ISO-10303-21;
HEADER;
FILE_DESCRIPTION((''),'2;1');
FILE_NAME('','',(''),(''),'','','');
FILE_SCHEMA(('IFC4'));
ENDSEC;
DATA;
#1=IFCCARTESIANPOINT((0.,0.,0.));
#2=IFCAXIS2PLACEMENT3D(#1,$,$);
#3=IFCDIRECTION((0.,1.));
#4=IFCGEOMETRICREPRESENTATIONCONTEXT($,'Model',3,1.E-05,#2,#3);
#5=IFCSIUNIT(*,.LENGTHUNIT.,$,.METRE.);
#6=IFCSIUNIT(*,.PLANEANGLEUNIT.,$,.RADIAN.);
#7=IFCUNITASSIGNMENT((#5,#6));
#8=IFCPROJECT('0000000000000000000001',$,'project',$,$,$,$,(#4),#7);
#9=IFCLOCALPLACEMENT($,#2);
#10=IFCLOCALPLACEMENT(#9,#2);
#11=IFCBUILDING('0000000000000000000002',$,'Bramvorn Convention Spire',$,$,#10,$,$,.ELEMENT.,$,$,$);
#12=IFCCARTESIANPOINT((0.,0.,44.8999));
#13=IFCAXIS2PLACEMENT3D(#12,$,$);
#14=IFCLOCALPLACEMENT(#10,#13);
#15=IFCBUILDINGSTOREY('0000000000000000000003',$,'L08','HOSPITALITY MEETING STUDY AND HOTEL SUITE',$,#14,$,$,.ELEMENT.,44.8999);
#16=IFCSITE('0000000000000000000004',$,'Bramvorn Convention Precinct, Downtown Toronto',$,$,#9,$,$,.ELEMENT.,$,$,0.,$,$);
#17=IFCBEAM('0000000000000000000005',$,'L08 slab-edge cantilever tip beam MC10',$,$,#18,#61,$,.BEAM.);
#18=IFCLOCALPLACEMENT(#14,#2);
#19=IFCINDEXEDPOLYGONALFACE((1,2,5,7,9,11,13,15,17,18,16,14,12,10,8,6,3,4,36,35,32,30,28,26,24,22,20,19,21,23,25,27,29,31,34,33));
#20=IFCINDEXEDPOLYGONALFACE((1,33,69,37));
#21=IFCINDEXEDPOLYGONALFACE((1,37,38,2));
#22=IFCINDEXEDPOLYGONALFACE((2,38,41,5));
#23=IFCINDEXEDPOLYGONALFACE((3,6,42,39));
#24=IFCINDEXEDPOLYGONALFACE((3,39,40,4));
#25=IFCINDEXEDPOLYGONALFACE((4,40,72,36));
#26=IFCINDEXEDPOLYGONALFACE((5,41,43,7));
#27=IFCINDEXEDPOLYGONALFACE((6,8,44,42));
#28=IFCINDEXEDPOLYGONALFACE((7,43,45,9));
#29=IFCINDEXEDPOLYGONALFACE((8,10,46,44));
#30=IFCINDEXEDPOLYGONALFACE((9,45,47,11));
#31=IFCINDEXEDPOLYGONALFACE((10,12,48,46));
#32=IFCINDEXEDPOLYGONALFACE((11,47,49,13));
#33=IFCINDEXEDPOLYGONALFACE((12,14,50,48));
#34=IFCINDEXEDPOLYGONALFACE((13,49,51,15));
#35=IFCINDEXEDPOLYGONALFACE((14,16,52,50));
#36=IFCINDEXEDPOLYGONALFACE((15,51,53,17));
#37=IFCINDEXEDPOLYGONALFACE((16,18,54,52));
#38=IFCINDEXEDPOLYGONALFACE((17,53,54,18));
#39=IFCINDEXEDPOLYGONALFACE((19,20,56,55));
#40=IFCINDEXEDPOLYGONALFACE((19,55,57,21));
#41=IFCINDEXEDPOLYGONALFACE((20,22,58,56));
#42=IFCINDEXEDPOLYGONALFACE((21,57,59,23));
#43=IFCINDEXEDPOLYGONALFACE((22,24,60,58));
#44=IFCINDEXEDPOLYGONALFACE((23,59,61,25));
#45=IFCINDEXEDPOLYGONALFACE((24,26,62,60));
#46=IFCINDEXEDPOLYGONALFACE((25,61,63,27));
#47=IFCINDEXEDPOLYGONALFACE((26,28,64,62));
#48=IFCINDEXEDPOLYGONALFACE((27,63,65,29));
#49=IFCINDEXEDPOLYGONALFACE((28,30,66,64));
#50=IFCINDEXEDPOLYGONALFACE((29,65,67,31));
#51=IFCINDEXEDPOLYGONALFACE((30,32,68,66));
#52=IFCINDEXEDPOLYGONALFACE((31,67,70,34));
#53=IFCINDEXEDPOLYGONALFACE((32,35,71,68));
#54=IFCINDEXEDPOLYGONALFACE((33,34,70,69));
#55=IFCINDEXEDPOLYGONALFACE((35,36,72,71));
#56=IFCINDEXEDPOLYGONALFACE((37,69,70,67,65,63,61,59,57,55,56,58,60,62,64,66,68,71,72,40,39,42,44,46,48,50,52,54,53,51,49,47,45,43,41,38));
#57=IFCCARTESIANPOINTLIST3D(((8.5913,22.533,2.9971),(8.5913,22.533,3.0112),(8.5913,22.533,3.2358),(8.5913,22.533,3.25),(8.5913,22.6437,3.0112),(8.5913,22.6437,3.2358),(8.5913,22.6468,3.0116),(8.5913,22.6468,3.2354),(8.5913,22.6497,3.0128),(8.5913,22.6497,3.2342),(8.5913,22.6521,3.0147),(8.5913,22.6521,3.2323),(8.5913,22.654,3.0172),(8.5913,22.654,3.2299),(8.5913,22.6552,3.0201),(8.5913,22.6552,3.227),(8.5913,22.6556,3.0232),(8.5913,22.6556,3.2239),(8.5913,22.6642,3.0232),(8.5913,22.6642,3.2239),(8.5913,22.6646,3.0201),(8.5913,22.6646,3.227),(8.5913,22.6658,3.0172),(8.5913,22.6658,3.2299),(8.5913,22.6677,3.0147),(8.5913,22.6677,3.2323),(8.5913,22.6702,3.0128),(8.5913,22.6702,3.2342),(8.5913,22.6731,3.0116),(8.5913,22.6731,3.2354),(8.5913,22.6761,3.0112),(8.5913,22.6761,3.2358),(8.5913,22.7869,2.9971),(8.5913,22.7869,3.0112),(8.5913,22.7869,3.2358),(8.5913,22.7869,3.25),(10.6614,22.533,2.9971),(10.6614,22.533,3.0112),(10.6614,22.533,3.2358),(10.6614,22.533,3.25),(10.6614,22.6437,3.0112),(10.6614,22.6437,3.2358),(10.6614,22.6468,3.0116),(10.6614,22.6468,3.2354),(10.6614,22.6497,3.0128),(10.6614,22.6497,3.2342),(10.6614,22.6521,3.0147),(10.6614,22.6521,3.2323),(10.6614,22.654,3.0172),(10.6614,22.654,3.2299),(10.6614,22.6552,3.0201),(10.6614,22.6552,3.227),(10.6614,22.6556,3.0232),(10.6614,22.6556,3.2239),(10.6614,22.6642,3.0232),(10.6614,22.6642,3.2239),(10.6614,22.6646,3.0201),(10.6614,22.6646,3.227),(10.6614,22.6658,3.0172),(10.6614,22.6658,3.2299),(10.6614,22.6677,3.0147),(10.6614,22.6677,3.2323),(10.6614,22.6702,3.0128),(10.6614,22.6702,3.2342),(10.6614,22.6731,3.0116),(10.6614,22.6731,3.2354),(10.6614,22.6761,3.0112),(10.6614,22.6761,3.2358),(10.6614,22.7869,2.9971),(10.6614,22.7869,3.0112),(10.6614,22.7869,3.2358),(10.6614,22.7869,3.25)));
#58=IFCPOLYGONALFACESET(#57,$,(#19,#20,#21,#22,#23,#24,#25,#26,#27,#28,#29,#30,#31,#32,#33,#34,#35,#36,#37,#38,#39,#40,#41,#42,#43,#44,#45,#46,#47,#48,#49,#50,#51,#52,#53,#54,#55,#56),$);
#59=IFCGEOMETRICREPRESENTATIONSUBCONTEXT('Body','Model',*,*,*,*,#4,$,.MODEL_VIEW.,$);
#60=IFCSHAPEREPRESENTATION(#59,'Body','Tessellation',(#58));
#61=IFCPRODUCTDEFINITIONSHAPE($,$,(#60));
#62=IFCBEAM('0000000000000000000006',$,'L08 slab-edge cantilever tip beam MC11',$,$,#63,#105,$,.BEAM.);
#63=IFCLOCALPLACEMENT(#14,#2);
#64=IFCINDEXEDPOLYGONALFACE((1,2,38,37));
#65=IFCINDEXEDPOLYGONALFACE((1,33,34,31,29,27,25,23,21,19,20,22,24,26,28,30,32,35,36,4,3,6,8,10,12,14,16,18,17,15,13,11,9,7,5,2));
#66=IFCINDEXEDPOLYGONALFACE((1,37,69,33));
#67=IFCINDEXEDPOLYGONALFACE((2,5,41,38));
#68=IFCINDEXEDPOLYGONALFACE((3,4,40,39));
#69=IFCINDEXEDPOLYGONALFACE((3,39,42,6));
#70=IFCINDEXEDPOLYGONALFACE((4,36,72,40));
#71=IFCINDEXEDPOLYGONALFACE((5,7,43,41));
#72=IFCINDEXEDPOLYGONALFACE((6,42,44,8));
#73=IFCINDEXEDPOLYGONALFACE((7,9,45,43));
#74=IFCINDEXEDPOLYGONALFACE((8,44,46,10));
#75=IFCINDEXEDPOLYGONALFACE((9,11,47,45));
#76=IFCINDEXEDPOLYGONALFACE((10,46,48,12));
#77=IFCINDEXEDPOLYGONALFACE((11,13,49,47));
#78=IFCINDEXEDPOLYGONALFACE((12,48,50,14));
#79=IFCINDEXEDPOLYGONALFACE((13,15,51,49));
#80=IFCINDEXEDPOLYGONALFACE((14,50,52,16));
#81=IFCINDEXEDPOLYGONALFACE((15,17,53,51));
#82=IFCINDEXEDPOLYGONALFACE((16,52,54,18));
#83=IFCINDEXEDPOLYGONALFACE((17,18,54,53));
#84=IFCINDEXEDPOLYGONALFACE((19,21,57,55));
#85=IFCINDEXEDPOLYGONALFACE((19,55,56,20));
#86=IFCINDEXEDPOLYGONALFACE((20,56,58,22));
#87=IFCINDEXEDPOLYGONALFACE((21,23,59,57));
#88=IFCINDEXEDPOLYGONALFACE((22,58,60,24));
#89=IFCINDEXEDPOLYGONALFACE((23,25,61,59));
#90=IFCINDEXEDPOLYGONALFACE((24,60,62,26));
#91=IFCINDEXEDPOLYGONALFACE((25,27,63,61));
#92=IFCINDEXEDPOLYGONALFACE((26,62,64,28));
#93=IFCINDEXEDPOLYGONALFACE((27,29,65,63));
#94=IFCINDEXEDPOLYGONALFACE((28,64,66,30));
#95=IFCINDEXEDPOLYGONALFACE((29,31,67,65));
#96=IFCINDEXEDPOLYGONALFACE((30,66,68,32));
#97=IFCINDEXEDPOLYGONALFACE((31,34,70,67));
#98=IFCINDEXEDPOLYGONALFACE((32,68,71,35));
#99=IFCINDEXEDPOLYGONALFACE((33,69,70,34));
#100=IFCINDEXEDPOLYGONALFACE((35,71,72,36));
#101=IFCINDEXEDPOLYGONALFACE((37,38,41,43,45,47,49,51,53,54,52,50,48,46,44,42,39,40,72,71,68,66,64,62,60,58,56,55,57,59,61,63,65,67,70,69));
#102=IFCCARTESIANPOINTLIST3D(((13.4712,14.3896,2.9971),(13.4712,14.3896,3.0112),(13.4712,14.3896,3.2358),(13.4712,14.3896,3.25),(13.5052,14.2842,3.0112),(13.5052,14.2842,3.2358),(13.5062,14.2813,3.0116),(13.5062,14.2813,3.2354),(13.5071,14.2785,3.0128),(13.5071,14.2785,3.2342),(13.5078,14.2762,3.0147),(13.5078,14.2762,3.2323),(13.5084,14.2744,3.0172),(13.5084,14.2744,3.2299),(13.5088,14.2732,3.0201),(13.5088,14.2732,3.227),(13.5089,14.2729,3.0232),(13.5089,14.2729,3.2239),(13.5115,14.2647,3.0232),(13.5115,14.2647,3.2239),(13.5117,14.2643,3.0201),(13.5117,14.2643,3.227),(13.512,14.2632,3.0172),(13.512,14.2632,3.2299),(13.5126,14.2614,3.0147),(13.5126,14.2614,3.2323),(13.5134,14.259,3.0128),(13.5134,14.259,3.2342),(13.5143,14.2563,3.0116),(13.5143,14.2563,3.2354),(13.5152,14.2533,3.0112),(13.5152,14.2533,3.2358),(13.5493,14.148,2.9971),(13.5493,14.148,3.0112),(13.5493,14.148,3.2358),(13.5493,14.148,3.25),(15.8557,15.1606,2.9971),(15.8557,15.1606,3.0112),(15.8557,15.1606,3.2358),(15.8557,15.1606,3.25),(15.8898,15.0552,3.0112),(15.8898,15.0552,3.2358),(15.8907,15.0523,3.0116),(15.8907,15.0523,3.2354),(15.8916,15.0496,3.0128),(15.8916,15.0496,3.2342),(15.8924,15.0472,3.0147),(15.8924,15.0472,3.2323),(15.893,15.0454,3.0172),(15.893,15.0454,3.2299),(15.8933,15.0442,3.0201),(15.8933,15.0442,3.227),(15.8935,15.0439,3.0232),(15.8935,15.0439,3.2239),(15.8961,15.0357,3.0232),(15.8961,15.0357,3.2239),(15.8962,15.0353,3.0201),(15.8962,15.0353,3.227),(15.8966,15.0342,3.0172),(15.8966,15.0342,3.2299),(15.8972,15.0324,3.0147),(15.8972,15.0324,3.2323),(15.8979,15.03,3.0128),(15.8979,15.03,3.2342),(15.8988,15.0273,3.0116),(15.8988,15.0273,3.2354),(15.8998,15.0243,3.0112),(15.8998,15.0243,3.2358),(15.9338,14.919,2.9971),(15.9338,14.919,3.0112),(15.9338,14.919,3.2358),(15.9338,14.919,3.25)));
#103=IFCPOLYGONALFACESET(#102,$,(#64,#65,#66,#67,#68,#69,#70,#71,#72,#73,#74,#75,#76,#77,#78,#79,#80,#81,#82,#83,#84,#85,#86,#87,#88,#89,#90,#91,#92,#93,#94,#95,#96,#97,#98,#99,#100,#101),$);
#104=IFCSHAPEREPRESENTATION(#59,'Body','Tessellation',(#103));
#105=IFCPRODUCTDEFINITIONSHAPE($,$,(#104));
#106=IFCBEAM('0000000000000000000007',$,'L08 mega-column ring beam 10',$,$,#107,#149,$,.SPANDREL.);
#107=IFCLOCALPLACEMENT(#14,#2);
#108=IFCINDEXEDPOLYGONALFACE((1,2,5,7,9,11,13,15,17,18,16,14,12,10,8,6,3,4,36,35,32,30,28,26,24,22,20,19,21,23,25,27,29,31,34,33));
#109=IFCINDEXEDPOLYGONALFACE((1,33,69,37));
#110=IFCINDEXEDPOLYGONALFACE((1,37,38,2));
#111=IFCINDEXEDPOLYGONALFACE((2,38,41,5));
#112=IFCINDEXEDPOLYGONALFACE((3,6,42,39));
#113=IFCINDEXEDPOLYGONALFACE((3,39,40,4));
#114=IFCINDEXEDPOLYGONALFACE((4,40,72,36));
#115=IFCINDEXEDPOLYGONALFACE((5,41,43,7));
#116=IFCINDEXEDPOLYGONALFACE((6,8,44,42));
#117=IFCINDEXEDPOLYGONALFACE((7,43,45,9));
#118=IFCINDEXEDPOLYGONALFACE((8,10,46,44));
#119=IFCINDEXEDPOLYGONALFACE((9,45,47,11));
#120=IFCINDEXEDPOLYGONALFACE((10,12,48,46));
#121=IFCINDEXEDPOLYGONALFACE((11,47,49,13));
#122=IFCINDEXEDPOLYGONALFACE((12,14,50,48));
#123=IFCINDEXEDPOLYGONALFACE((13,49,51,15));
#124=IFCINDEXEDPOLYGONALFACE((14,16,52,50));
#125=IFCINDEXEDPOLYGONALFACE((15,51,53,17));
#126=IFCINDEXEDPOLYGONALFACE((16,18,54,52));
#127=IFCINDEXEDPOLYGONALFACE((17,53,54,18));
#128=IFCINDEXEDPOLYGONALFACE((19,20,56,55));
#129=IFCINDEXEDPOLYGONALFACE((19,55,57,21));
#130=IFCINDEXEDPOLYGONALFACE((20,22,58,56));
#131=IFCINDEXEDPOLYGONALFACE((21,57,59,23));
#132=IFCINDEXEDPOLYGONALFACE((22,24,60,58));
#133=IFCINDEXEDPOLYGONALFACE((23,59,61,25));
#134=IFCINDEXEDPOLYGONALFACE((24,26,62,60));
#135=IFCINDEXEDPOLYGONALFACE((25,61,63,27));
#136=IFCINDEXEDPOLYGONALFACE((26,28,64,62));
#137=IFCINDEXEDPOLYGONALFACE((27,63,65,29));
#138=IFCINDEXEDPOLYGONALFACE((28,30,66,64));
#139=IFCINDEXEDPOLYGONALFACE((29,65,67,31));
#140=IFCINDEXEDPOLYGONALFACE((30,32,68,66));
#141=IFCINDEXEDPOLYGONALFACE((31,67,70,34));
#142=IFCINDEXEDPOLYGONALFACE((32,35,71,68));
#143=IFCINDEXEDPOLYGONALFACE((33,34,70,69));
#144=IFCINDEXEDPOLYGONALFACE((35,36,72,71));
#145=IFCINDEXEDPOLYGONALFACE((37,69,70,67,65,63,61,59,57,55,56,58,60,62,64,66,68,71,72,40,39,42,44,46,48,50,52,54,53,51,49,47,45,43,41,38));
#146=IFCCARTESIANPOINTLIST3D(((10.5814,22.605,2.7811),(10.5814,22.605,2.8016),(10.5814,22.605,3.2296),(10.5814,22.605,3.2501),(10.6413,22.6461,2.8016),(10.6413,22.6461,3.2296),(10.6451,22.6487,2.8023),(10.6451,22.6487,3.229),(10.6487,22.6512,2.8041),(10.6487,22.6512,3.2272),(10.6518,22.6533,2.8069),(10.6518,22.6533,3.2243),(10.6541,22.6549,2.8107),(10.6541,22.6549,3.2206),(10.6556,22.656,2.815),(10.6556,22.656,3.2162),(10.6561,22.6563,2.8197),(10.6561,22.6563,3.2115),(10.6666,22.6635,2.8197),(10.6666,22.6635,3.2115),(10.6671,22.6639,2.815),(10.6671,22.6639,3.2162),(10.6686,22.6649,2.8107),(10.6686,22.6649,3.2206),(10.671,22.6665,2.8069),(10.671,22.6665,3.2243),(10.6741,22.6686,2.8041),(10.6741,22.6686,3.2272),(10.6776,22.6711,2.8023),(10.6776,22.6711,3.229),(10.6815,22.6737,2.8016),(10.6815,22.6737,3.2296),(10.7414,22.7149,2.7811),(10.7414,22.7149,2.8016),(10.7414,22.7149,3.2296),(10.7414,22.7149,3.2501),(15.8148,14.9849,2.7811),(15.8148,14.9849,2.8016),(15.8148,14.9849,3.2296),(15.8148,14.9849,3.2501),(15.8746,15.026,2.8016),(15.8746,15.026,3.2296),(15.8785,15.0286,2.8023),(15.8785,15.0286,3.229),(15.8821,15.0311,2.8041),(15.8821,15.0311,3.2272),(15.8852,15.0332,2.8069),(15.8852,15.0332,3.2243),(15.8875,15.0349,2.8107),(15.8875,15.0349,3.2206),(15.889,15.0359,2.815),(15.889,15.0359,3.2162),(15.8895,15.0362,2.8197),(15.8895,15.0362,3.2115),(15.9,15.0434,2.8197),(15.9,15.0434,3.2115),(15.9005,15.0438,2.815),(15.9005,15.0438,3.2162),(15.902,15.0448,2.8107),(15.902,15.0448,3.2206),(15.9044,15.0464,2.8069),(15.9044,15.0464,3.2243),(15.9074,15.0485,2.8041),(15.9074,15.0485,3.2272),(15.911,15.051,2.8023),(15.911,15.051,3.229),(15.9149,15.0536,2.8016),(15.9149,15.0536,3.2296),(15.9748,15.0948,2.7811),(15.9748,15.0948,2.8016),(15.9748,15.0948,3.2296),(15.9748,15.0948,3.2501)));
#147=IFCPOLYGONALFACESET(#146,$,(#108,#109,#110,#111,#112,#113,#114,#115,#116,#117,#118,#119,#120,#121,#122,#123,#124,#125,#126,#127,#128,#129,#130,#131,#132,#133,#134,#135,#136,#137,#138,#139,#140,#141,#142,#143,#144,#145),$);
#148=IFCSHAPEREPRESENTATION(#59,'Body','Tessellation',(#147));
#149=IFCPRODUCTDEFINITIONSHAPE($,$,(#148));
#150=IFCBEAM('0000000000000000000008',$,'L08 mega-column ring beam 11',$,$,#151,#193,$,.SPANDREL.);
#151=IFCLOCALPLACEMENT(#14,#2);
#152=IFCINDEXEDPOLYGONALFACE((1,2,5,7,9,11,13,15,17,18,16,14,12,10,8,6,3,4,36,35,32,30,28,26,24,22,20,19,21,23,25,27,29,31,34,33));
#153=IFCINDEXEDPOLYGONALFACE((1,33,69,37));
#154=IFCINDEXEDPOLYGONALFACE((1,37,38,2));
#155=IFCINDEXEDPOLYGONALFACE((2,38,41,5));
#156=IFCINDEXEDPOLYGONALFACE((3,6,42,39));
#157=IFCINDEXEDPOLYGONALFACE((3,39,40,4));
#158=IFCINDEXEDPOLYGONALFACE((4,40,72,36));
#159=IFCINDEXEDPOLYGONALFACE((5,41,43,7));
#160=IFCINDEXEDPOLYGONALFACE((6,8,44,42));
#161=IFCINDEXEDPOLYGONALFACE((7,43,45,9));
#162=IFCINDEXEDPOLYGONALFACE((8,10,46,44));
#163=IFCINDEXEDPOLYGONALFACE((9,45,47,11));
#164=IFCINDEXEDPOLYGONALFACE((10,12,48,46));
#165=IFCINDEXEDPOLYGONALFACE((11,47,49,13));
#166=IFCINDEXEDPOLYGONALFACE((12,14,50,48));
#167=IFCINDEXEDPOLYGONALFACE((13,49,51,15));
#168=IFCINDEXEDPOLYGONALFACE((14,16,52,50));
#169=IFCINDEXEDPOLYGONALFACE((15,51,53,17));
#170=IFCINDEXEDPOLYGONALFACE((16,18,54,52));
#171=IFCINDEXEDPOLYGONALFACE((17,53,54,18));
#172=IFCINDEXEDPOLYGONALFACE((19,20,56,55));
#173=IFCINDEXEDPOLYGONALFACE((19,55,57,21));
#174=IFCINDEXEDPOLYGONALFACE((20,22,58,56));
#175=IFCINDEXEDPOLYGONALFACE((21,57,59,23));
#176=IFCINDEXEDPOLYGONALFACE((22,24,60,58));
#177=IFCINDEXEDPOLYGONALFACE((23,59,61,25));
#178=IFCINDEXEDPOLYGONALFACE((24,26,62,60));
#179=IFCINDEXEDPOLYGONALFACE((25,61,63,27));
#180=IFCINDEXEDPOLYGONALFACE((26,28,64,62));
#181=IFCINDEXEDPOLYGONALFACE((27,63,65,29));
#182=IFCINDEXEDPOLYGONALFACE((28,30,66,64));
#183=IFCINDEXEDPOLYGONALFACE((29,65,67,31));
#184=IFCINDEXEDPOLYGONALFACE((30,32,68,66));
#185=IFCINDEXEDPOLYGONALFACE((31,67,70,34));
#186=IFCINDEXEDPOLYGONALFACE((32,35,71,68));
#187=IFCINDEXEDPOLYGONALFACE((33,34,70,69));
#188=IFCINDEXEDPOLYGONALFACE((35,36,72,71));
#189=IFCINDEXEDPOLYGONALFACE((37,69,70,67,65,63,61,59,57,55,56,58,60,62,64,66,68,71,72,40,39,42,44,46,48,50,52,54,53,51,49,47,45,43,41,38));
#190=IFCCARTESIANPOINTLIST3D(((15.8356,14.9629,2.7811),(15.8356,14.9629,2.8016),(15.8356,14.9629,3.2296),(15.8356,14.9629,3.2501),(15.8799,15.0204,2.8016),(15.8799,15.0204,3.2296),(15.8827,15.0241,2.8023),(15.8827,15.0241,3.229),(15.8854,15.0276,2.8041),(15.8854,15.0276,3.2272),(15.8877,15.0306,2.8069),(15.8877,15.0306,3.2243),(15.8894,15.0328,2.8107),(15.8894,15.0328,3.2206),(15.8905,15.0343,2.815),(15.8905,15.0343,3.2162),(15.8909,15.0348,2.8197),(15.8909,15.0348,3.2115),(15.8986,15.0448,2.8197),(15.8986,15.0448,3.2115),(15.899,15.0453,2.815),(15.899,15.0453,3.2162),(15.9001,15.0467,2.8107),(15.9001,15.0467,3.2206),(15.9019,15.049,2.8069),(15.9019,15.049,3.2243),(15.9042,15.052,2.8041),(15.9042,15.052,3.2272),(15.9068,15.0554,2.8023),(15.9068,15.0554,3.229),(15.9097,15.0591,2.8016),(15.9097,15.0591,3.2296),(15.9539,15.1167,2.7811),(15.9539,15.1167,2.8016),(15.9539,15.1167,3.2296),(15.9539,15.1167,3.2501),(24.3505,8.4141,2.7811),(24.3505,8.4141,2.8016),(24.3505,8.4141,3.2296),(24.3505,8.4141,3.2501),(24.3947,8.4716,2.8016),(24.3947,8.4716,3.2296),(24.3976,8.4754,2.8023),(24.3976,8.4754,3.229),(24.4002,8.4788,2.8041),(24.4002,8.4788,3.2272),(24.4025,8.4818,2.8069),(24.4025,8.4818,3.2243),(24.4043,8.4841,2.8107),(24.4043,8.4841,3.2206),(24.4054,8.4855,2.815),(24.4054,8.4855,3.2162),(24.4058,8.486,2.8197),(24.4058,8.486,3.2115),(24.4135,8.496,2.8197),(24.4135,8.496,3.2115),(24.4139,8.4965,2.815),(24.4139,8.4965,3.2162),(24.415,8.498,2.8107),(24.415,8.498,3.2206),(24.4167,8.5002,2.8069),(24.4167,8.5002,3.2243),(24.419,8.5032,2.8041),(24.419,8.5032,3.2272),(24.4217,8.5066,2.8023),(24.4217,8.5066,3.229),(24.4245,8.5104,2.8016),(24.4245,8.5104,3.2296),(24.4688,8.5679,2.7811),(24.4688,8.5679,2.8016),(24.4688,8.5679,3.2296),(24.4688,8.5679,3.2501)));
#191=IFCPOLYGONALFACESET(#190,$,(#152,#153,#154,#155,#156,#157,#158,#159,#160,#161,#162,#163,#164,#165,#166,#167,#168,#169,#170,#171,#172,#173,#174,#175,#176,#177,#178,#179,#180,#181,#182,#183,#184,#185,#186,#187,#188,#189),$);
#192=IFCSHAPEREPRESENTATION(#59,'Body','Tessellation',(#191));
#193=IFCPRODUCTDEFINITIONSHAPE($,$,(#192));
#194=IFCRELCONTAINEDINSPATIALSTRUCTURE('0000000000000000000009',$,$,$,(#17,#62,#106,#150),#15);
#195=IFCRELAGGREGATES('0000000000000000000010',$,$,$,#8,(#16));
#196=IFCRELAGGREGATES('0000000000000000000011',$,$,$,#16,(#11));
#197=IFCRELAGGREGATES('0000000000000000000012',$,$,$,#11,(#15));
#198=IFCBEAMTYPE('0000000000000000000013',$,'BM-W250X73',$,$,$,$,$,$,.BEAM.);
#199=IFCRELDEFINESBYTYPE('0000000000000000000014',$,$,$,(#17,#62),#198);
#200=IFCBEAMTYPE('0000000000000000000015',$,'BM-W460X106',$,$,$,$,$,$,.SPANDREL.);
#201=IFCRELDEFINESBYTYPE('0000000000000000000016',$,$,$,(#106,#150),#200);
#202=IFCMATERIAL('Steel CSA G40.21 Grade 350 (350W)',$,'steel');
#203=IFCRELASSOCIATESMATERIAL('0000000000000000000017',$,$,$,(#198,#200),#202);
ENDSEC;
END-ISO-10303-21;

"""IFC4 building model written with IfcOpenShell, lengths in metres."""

from ifc_helpers import new_model, si_unit, direction, frame, origin, origin_2d, place, context, subcontext, project, spatial, i_section, extrude, material, material_profile, profile_set, type_object, element, save


model = new_model("IFC4")

# Units and contexts
model_context = context("Model", 3, precision=1e-05, world=origin(), true_north=direction((0.0, 1.0)))
body_context = subcontext(model_context, "Body", "Model", "MODEL_VIEW")
ifc_project = project(units=[si_unit("LENGTHUNIT", "METRE"), si_unit("PLANEANGLEUNIT", "RADIAN")], contexts=[model_context])

# Site, building, storey
site_placement = place(None, origin())
site = spatial("IfcSite", under=ifc_project, at=site_placement, Name="Bramvorn Convention Precinct, Downtown Toronto", CompositionType="ELEMENT", RefElevation=0.0)
building_placement = place(site_placement, origin())
building = spatial("IfcBuilding", under=site, at=building_placement, Name="Bramvorn Convention Spire", CompositionType="ELEMENT")
storey_placement = place(building_placement, frame((0.0, 0.0, 44.8999)))
storey = spatial("IfcBuildingStorey", under=building, at=storey_placement, Name="L08", Description="HOSPITALITY MEETING STUDY AND HOTEL SUITE", CompositionType="ELEMENT", Elevation=44.8999)

# Shared definitions
ifc_material_1 = material(Name="Steel CSA G40.21 Grade 350 (350W)", Category="steel")

# Beams
ifc_material_profile_1 = material_profile(ifc_material_1, i_section(OverallWidth=0.2539, OverallDepth=0.2529, WebThickness=0.0085, FlangeThickness=0.0142, FilletRadius=0.012, at=origin_2d()))
ifc_profile_set_1 = profile_set([ifc_material_profile_1], Name="Steel CSA G40.21 Grade 350 (350W) - W250X73")
beam_type_1 = type_object("IfcBeamType", Name="BM-W250X73", PredefinedType="BEAM", material=ifc_profile_set_1)
beam_1_placement = place(storey_placement, frame((10.6614, 22.6599, 3.1235), z_axis=(-1.0, 0.0, 0.0), x_axis=(0.0, -1.0, 0.0)))
element("IfcBeam", 1, at=beam_1_placement, inside=storey, type_object=beam_type_1, Name="L08 slab-edge cantilever tip beam MC10", PredefinedType="BEAM", context=body_context, shape_type="SweptSolid", body=[
    extrude(i_section(OverallWidth=0.2539, OverallDepth=0.2529, WebThickness=0.0085, FlangeThickness=0.0142, FilletRadius=0.012, at=origin_2d()), origin(), (0.0, 0.0, 1.0), 2.0701),
])
beam_2_placement = place(storey_placement, frame((15.8948, 15.0398, 3.1235), z_axis=(-0.951499, -0.307652, 0.0), x_axis=(0.307652, -0.951499, 0.0)))
element("IfcBeam", 2, at=beam_2_placement, inside=storey, type_object=beam_type_1, Name="L08 slab-edge cantilever tip beam MC11", PredefinedType="BEAM", context=body_context, shape_type="SweptSolid", body=[
    extrude(i_section(OverallWidth=0.2539, OverallDepth=0.2529, WebThickness=0.0085, FlangeThickness=0.0142, FilletRadius=0.012, at=origin_2d()), origin(), (0.0, 0.0, 1.0), 2.5061),
])
ifc_material_profile_2 = material_profile(ifc_material_1, i_section(OverallWidth=0.1941, OverallDepth=0.469, WebThickness=0.0127, FlangeThickness=0.0205, FilletRadius=0.0181, at=origin_2d()))
ifc_profile_set_2 = profile_set([ifc_material_profile_2], Name="Steel CSA G40.21 Grade 350 (350W) - W460X106")
beam_type_2 = type_object("IfcBeamType", Name="BM-W460X106", PredefinedType="SPANDREL", material=ifc_profile_set_2)
beam_3_placement = place(storey_placement, frame((10.6614, 22.6599, 3.0156), z_axis=(0.56613, -0.824316, 0.0), x_axis=(0.824316, 0.56613, 0.0)))
element("IfcBeam", 3, at=beam_3_placement, inside=storey, type_object=beam_type_2, Name="L08 mega-column ring beam 10", PredefinedType="SPANDREL", context=body_context, shape_type="SweptSolid", body=[
    extrude(i_section(OverallWidth=0.1941, OverallDepth=0.469, WebThickness=0.0127, FlangeThickness=0.0205, FilletRadius=0.0181, at=origin_2d()), origin(), (0.0, 0.0, 1.0), 9.2441),
])
beam_4_placement = place(storey_placement, frame((15.8948, 15.0398, 3.0156), z_axis=(0.792673, -0.609647, 0.0), x_axis=(0.609647, 0.792673, 0.0)))
element("IfcBeam", 4, at=beam_4_placement, inside=storey, type_object=beam_type_2, Name="L08 mega-column ring beam 11", PredefinedType="SPANDREL", context=body_context, shape_type="SweptSolid", body=[
    extrude(i_section(OverallWidth=0.1941, OverallDepth=0.469, WebThickness=0.0127, FlangeThickness=0.0205, FilletRadius=0.0181, at=origin_2d()), origin(), (0.0, 0.0, 1.0), 10.7419),
])

save(model, "model.ifc")
